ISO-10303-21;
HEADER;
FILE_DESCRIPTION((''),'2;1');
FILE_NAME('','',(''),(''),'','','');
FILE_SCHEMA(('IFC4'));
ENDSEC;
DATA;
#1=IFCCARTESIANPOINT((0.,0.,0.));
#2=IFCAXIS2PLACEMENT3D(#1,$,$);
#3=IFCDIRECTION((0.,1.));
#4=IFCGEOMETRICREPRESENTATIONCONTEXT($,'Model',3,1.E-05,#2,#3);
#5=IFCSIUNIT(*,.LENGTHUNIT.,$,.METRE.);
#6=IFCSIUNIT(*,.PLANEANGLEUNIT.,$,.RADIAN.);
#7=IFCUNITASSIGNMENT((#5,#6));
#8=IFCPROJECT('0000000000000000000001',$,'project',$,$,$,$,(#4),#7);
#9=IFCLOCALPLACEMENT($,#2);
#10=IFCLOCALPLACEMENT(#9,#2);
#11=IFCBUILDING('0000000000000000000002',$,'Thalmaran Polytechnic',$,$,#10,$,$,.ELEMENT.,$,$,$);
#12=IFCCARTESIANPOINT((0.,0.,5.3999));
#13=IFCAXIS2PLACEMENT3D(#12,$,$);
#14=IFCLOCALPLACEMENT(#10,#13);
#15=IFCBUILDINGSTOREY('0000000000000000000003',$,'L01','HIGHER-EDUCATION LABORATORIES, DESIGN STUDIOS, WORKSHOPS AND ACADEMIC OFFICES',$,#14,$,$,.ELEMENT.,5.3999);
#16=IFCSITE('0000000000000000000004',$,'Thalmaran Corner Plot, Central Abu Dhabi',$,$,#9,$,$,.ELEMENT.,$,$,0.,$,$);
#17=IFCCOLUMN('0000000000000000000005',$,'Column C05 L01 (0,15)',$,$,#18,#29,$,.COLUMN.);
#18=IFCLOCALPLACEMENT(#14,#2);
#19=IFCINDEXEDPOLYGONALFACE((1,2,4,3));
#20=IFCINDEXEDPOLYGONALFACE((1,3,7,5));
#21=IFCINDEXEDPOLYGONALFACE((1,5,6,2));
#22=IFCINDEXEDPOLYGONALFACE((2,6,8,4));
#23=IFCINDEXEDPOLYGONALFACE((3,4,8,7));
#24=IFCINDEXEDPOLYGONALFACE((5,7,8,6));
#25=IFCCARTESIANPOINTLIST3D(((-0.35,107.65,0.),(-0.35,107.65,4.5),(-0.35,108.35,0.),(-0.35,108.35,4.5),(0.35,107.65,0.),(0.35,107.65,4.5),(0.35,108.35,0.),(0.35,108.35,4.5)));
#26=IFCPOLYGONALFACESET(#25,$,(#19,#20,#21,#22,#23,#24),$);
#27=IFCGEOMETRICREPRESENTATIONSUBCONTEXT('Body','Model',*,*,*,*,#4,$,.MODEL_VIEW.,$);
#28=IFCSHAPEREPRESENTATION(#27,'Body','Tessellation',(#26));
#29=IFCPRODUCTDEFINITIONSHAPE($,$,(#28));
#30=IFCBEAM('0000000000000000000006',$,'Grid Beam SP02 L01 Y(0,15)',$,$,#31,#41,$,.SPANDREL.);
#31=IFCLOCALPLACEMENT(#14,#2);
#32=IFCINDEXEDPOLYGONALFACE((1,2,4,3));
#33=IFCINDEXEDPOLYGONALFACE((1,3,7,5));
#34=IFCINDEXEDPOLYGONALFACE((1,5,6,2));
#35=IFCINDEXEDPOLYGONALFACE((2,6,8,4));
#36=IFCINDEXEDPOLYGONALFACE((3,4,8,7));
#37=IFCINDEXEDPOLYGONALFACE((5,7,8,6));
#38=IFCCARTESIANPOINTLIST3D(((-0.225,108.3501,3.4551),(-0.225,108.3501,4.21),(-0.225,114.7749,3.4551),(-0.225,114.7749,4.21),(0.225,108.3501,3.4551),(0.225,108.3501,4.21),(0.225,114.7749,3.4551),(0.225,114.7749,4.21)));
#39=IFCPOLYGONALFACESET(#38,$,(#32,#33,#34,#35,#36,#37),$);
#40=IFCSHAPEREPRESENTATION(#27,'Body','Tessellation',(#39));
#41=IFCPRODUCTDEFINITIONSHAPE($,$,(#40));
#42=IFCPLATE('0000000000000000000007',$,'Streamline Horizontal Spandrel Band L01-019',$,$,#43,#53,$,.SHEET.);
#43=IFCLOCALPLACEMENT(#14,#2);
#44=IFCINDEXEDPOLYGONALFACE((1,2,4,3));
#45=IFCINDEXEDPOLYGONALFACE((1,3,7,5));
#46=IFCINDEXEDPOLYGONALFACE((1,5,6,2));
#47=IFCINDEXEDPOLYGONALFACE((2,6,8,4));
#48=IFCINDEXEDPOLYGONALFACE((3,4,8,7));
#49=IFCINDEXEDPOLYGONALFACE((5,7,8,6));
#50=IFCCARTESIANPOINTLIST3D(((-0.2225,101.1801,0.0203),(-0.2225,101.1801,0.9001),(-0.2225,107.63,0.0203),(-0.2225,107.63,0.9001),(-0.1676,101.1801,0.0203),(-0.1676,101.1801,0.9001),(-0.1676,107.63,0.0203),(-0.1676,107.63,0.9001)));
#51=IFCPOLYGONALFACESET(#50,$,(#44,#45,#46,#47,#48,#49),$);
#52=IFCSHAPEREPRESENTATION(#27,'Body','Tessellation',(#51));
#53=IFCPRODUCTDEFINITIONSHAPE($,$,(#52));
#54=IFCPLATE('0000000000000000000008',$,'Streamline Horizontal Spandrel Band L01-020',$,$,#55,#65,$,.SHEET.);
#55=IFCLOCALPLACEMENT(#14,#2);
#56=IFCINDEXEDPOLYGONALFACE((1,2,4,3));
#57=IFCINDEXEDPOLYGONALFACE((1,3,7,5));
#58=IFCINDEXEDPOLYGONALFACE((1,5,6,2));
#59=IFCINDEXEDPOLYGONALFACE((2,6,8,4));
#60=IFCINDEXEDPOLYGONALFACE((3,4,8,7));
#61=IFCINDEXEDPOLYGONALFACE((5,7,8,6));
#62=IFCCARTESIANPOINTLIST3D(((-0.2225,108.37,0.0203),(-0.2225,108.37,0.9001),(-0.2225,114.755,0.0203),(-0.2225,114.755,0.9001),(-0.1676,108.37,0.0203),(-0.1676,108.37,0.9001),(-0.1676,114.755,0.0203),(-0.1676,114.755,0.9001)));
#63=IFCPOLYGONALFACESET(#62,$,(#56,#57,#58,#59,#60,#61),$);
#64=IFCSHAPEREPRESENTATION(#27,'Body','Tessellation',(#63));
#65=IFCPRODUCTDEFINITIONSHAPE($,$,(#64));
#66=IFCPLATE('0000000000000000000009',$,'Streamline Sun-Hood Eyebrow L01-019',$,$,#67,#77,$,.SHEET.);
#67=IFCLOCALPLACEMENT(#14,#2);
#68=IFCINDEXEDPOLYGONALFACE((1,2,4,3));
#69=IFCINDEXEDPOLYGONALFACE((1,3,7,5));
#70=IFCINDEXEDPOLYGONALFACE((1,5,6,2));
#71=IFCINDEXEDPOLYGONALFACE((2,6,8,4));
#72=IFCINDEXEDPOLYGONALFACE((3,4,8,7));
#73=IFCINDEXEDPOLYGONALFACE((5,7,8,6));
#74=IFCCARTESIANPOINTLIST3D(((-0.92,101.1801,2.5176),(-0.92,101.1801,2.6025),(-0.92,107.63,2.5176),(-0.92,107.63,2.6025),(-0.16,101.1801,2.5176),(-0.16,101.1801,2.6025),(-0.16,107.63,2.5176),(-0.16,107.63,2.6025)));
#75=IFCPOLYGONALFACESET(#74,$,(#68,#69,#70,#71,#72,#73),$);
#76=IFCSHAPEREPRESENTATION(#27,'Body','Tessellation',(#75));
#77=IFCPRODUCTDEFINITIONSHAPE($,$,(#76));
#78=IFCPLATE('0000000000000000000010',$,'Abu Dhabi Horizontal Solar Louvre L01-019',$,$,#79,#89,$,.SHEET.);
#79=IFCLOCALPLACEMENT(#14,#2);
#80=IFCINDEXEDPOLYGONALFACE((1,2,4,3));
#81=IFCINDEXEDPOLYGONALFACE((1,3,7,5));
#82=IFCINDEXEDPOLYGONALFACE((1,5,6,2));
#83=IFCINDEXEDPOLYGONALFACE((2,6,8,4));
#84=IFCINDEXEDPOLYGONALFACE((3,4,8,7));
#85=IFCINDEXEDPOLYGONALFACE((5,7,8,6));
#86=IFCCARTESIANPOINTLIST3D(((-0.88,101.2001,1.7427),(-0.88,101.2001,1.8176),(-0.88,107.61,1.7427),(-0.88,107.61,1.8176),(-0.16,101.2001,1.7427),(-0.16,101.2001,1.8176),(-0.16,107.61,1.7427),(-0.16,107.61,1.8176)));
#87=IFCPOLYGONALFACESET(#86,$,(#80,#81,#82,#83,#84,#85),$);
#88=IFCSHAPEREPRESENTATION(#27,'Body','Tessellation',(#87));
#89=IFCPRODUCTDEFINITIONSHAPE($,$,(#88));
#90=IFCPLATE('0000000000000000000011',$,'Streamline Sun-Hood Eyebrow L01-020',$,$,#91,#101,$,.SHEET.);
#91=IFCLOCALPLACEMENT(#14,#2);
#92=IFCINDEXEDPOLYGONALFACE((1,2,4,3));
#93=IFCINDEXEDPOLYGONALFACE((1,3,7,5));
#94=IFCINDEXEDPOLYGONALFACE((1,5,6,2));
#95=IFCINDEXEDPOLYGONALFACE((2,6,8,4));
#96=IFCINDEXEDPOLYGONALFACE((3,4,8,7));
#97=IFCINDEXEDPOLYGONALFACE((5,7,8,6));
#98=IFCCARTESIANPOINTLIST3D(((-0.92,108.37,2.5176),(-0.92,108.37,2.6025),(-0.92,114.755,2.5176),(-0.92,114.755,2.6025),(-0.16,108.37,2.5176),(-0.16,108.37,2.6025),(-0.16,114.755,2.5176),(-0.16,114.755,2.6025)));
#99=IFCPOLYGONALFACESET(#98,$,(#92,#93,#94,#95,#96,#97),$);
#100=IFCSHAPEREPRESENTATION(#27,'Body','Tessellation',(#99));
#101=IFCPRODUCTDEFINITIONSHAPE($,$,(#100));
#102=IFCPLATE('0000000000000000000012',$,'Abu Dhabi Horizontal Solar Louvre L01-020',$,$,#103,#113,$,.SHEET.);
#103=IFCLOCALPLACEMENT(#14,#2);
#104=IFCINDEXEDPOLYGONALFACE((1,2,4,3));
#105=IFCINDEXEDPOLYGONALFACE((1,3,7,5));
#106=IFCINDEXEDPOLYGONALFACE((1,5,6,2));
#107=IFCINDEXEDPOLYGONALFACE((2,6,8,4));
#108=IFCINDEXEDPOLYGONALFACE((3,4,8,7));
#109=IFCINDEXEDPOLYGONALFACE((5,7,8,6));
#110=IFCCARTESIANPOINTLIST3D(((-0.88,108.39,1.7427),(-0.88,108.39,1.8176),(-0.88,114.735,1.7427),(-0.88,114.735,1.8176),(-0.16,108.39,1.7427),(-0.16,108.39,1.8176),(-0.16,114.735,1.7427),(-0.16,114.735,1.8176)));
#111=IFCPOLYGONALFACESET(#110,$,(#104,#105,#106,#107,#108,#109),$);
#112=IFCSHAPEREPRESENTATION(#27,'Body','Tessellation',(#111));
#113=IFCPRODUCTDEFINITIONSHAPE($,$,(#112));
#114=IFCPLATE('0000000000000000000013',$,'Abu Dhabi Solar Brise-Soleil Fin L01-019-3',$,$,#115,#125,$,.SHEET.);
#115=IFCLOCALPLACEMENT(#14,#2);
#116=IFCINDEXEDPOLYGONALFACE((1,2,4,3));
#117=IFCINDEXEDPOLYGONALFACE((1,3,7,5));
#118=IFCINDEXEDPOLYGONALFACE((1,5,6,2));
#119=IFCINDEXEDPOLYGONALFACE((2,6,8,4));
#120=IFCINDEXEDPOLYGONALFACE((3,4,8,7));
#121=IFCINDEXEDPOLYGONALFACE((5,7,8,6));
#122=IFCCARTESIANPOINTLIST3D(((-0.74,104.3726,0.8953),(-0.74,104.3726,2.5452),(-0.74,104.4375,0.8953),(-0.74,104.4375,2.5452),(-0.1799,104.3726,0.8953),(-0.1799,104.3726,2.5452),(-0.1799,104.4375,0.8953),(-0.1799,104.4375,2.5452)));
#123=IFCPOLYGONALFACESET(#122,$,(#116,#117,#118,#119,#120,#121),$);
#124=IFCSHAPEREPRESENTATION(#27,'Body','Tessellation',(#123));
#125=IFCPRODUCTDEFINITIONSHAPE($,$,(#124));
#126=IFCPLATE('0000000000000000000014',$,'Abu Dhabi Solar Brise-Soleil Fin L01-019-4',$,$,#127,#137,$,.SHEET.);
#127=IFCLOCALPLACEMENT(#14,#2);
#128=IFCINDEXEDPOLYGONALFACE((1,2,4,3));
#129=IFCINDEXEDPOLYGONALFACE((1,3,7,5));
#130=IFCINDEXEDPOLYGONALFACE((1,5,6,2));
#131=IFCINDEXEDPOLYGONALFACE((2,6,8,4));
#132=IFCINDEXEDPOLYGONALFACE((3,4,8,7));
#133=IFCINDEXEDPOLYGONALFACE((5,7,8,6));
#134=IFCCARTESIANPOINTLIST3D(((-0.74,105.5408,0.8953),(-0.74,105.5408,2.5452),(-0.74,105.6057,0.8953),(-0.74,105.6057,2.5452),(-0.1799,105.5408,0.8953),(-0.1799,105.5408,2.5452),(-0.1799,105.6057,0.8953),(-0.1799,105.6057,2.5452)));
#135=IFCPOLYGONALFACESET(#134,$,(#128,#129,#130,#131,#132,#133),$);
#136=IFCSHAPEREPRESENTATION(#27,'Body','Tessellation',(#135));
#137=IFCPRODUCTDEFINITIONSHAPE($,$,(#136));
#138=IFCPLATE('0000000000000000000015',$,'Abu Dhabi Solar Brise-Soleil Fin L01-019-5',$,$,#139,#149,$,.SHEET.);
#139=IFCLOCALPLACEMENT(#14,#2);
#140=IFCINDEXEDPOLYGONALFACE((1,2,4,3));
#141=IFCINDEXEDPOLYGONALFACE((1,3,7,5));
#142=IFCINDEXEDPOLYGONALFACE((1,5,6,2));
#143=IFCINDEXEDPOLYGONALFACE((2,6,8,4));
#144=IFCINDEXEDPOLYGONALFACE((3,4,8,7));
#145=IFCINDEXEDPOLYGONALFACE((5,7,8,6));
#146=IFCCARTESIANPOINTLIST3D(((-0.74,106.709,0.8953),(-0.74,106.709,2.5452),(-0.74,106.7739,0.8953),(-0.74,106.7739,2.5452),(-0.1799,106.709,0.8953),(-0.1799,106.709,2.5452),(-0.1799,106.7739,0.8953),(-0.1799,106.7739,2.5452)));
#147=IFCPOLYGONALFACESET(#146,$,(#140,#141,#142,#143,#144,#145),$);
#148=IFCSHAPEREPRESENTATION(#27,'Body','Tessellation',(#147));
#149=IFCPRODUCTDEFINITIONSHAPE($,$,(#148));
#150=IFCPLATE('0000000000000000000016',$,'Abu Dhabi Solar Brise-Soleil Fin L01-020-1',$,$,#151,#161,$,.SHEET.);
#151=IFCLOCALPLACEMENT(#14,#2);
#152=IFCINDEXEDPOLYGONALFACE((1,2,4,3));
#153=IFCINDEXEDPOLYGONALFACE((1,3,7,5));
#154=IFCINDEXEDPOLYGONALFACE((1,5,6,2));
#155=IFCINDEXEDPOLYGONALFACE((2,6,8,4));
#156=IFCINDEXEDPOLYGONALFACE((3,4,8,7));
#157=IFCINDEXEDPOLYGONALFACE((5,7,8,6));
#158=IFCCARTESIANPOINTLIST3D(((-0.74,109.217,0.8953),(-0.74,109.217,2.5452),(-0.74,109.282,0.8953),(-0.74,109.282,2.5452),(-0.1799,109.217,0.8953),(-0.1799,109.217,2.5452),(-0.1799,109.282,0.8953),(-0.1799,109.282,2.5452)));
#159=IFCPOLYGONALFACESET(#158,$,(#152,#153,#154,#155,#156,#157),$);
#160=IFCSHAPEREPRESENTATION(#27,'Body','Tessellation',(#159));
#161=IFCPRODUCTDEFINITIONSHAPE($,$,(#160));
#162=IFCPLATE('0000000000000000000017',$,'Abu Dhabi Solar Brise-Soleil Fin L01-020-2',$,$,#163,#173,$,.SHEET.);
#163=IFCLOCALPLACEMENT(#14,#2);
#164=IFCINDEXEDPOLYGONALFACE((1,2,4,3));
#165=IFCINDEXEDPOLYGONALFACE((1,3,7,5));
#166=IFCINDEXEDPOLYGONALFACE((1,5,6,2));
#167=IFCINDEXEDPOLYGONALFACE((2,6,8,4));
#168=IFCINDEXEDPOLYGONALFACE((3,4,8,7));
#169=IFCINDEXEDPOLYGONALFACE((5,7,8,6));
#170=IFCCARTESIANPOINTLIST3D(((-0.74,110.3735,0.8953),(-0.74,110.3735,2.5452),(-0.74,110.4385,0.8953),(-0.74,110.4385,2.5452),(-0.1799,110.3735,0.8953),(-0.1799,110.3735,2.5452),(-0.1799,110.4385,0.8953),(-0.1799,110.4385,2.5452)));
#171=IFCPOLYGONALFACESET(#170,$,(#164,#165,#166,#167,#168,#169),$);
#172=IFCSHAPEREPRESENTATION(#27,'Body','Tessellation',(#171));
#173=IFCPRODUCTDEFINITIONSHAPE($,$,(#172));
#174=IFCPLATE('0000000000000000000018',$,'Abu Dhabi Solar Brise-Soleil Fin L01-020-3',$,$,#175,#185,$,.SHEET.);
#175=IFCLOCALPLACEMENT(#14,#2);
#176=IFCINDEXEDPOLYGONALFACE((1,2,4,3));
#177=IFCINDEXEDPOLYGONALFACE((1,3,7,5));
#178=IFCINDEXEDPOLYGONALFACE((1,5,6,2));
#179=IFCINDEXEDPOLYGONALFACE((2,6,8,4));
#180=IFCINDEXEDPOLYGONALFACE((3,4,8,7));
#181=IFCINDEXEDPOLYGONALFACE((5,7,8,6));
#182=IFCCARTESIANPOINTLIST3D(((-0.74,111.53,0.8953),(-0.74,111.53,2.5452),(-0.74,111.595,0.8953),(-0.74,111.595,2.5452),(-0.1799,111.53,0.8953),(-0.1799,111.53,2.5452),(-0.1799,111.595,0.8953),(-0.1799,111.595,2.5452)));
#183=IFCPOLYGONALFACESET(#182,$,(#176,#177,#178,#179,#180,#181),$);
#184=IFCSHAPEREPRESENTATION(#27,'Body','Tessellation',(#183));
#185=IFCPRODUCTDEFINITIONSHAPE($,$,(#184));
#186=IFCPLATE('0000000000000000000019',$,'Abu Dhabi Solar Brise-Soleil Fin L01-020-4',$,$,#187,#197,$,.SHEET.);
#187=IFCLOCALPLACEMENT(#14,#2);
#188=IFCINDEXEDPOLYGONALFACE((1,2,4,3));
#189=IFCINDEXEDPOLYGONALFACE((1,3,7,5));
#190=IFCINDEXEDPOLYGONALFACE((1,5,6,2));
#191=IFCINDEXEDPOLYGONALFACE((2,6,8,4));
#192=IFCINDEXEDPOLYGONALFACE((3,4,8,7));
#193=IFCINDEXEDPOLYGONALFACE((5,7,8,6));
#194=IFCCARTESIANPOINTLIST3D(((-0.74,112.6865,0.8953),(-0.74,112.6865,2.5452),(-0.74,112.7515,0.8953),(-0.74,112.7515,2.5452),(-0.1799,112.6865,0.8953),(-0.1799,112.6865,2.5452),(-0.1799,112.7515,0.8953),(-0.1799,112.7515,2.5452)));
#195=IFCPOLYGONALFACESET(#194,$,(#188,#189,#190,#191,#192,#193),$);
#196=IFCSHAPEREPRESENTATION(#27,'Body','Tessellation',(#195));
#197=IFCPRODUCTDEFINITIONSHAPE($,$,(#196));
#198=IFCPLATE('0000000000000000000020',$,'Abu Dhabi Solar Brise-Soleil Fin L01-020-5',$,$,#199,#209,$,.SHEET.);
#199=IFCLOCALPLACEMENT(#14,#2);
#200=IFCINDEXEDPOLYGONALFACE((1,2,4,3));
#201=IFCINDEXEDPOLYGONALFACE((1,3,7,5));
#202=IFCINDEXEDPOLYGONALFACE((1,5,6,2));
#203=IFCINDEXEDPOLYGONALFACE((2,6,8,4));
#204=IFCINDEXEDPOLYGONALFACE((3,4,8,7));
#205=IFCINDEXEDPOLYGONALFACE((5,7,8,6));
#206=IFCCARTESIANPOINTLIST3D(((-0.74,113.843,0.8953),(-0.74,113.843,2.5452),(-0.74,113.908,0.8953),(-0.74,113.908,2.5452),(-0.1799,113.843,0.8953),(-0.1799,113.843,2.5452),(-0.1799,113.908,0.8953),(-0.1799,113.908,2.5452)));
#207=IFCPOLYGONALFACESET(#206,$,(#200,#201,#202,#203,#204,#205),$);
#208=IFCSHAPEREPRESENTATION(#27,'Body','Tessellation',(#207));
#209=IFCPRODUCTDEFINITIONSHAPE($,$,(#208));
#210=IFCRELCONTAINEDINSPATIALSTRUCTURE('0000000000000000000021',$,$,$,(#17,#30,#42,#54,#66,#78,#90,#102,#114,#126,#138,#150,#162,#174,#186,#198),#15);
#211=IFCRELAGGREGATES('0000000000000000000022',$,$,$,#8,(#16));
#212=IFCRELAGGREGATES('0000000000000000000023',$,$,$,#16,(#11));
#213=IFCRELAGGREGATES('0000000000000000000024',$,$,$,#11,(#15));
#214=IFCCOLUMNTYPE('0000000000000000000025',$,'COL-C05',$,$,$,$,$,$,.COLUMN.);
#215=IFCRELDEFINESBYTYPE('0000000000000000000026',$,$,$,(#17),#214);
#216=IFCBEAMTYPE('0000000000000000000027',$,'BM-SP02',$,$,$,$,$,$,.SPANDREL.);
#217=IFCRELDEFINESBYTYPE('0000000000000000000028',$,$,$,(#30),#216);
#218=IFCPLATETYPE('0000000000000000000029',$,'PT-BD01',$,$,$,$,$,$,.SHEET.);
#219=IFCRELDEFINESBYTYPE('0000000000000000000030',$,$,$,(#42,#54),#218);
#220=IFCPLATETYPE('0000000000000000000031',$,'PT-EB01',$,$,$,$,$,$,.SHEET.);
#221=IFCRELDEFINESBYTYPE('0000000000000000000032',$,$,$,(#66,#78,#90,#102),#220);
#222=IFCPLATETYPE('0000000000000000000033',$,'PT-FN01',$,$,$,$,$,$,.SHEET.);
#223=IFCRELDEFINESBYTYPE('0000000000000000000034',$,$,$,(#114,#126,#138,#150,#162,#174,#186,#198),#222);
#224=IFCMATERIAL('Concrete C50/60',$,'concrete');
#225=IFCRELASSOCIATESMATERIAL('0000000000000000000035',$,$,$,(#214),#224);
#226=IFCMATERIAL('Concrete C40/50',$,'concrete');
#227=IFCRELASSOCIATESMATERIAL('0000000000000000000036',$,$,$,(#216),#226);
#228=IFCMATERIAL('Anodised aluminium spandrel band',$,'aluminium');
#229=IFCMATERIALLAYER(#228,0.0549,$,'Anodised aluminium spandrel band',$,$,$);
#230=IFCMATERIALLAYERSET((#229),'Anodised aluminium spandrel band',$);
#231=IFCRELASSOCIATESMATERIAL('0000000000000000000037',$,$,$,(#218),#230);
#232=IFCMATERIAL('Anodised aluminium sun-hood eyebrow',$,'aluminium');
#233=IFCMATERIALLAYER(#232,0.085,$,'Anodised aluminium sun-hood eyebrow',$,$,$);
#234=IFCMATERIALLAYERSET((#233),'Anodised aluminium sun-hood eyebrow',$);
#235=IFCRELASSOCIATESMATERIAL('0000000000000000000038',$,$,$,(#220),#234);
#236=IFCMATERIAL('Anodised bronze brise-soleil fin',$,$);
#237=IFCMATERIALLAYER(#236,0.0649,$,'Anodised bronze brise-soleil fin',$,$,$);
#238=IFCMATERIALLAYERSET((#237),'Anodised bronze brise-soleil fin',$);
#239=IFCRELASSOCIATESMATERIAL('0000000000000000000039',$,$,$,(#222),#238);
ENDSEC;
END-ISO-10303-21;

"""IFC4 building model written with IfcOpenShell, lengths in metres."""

from ifc_helpers import new_model, si_unit, direction, frame, origin, origin_2d, place, context, subcontext, project, spatial, rectangle, extrude, material, layer, layer_set, material_profile, profile_set, type_object, element, save


model = new_model("IFC4")

# Units and contexts
model_context = context("Model", 3, precision=1e-05, world=origin(), true_north=direction((0.0, 1.0)))
body_context = subcontext(model_context, "Body", "Model", "MODEL_VIEW")
ifc_project = project(units=[si_unit("LENGTHUNIT", "METRE"), si_unit("PLANEANGLEUNIT", "RADIAN")], contexts=[model_context])

# Site, building, storey
site_placement = place(None, origin())
site = spatial("IfcSite", under=ifc_project, at=site_placement, Name="Thalmaran Corner Plot, Central Abu Dhabi", CompositionType="ELEMENT", RefElevation=0.0)
building_placement = place(site_placement, origin())
building = spatial("IfcBuilding", under=site, at=building_placement, Name="Thalmaran Polytechnic", CompositionType="ELEMENT")
storey_placement = place(building_placement, frame((0.0, 0.0, 5.3999)))
storey = spatial("IfcBuildingStorey", under=building, at=storey_placement, Name="L01", Description="HIGHER-EDUCATION LABORATORIES, DESIGN STUDIOS, WORKSHOPS AND ACADEMIC OFFICES", CompositionType="ELEMENT", Elevation=5.3999)

# Column
ifc_material_1 = material(Name="Concrete C50/60", Category="concrete")
ifc_material_profile_1 = material_profile(ifc_material_1, rectangle(XDim=0.7, YDim=0.7, at=origin_2d()), Name="RC 700x700")
ifc_profile_set_1 = profile_set([ifc_material_profile_1], Name="Concrete C50/60")
column_type = type_object("IfcColumnType", Name="COL-C05", PredefinedType="COLUMN", material=ifc_profile_set_1)
column_placement = place(storey_placement, frame((0.0, 108.0, 0.0), z_axis=(0.0, 0.0, 1.0), x_axis=(1.0, 0.0, 0.0)))
element("IfcColumn", 1, at=column_placement, inside=storey, type_object=column_type, Name="Column C05 L01 (0,15)", PredefinedType="COLUMN", context=body_context, shape_type="SweptSolid", body=[
    extrude(rectangle(XDim=0.7, YDim=0.7, at=origin_2d()), origin(), (0.0, 0.0, 1.0), 4.5),
])

# Beam
ifc_material_2 = material(Name="Concrete C40/50", Category="concrete")
ifc_material_profile_2 = material_profile(ifc_material_2, rectangle(XDim=0.45, YDim=0.7549, at=origin_2d()), Name="RC 450x755")
ifc_profile_set_2 = profile_set([ifc_material_profile_2], Name="Concrete C40/50")
beam_type = type_object("IfcBeamType", Name="BM-SP02", PredefinedType="SPANDREL", material=ifc_profile_set_2)
beam_placement = place(storey_placement, frame((0.0, 108.3501, 3.8325), z_axis=(0.0, 1.0, 0.0), x_axis=(-1.0, 0.0, 0.0)))
element("IfcBeam", 2, at=beam_placement, inside=storey, type_object=beam_type, Name="Grid Beam SP02 L01 Y(0,15)", PredefinedType="SPANDREL", context=body_context, shape_type="SweptSolid", body=[
    extrude(rectangle(XDim=0.45, YDim=0.7549, at=origin_2d()), origin(), (0.0, 0.0, 1.0), 6.4248),
])

# Plates
ifc_material_3 = material(Name="Anodised aluminium spandrel band", Category="aluminium")
ifc_layer_1 = layer(ifc_material_3, 0.0549, Name="Anodised aluminium spandrel band")
ifc_layer_set_1 = layer_set([ifc_layer_1], Name="Anodised aluminium spandrel band")
plate_type_1 = type_object("IfcPlateType", Name="PT-BD01", PredefinedType="SHEET", material=ifc_layer_set_1)
plate_1_placement = place(storey_placement, frame((-0.1951, 104.405, 0.0203), z_axis=(0.0, 0.0, 1.0), x_axis=(0.0, 1.0, 0.0)))
element("IfcPlate", 3, at=plate_1_placement, inside=storey, type_object=plate_type_1, Name="Streamline Horizontal Spandrel Band L01-019", PredefinedType="SHEET", context=body_context, shape_type="SweptSolid", body=[
    extrude(rectangle(XDim=6.45, YDim=0.0549, at=origin_2d()), origin(), (0.0, 0.0, 1.0), 0.8799),
])
plate_2_placement = place(storey_placement, frame((-0.1951, 111.5625, 0.0203), z_axis=(0.0, 0.0, 1.0), x_axis=(0.0, 1.0, 0.0)))
element("IfcPlate", 4, at=plate_2_placement, inside=storey, type_object=plate_type_1, Name="Streamline Horizontal Spandrel Band L01-020", PredefinedType="SHEET", context=body_context, shape_type="SweptSolid", body=[
    extrude(rectangle(XDim=6.385, YDim=0.0549, at=origin_2d()), origin(), (0.0, 0.0, 1.0), 0.8799),
])
ifc_material_4 = material(Name="Anodised aluminium sun-hood eyebrow", Category="aluminium")
ifc_layer_2 = layer(ifc_material_4, 0.085, Name="Anodised aluminium sun-hood eyebrow")
ifc_layer_set_2 = layer_set([ifc_layer_2], Name="Anodised aluminium sun-hood eyebrow")
plate_type_2 = type_object("IfcPlateType", Name="PT-EB01", PredefinedType="SHEET", material=ifc_layer_set_2)
plate_3_placement = place(storey_placement, frame((-0.54, 104.405, 2.5176), z_axis=(0.0, 0.0, 1.0), x_axis=(0.0, 1.0, 0.0)))
element("IfcPlate", 5, at=plate_3_placement, inside=storey, type_object=plate_type_2, Name="Streamline Sun-Hood Eyebrow L01-019", PredefinedType="SHEET", context=body_context, shape_type="SweptSolid", body=[
    extrude(rectangle(XDim=6.45, YDim=0.76, at=origin_2d()), origin(), (0.0, 0.0, 1.0), 0.085),
])
plate_4_placement = place(storey_placement, frame((-0.52, 104.405, 1.7427), z_axis=(0.0, 0.0, 1.0), x_axis=(0.0, 1.0, 0.0)))
element("IfcPlate", 6, at=plate_4_placement, inside=storey, type_object=plate_type_2, Name="Abu Dhabi Horizontal Solar Louvre L01-019", PredefinedType="SHEET", context=body_context, shape_type="SweptSolid", body=[
    extrude(rectangle(XDim=6.4099, YDim=0.72, at=origin_2d()), origin(), (0.0, 0.0, 1.0), 0.075),
])
plate_5_placement = place(storey_placement, frame((-0.54, 111.5625, 2.5176), z_axis=(0.0, 0.0, 1.0), x_axis=(0.0, 1.0, 0.0)))
element("IfcPlate", 7, at=plate_5_placement, inside=storey, type_object=plate_type_2, Name="Streamline Sun-Hood Eyebrow L01-020", PredefinedType="SHEET", context=body_context, shape_type="SweptSolid", body=[
    extrude(rectangle(XDim=6.385, YDim=0.76, at=origin_2d()), origin(), (0.0, 0.0, 1.0), 0.085),
])
plate_6_placement = place(storey_placement, frame((-0.52, 111.5625, 1.7427), z_axis=(0.0, 0.0, 1.0), x_axis=(0.0, 1.0, 0.0)))
element("IfcPlate", 8, at=plate_6_placement, inside=storey, type_object=plate_type_2, Name="Abu Dhabi Horizontal Solar Louvre L01-020", PredefinedType="SHEET", context=body_context, shape_type="SweptSolid", body=[
    extrude(rectangle(XDim=6.345, YDim=0.72, at=origin_2d()), origin(), (0.0, 0.0, 1.0), 0.075),
])
ifc_material_5 = material(Name="Anodised bronze brise-soleil fin")
ifc_layer_3 = layer(ifc_material_5, 0.0649, Name="Anodised bronze brise-soleil fin")
ifc_layer_set_3 = layer_set([ifc_layer_3], Name="Anodised bronze brise-soleil fin")
plate_type_3 = type_object("IfcPlateType", Name="PT-FN01", PredefinedType="SHEET", material=ifc_layer_set_3)
for number, where, z_axis, x_axis, name in (
    (9, (-0.46, 104.405, 0.8953), (0.0, 0.0, 1.0), (0.0, 1.0, 0.0), "Abu Dhabi Solar Brise-Soleil Fin L01-019-3"),
    (10, (-0.46, 105.5732, 0.8953), (0.0, 0.0, 1.0), (0.0, 1.0, 0.0), "Abu Dhabi Solar Brise-Soleil Fin L01-019-4"),
    (11, (-0.46, 106.7415, 0.8953), (0.0, 0.0, 1.0), (0.0, 1.0, 0.0), "Abu Dhabi Solar Brise-Soleil Fin L01-019-5"),
    (12, (-0.46, 109.2495, 0.8953), (0.0, 0.0, 1.0), (0.0, 1.0, 0.0), "Abu Dhabi Solar Brise-Soleil Fin L01-020-1"),
    (13, (-0.46, 110.406, 0.8953), (0.0, 0.0, 1.0), (0.0, 1.0, 0.0), "Abu Dhabi Solar Brise-Soleil Fin L01-020-2"),
    (14, (-0.46, 111.5625, 0.8953), (0.0, 0.0, 1.0), (0.0, 1.0, 0.0), "Abu Dhabi Solar Brise-Soleil Fin L01-020-3"),
    (15, (-0.46, 112.719, 0.8953), (0.0, 0.0, 1.0), (0.0, 1.0, 0.0), "Abu Dhabi Solar Brise-Soleil Fin L01-020-4"),
    (16, (-0.46, 113.8755, 0.8953), (0.0, 0.0, 1.0), (0.0, 1.0, 0.0), "Abu Dhabi Solar Brise-Soleil Fin L01-020-5"),
):
    element("IfcPlate", number, at=place(storey_placement, frame(where, z_axis=z_axis, x_axis=x_axis)), inside=storey, type_object=plate_type_3, Name=name, PredefinedType="SHEET", context=body_context, shape_type="SweptSolid", body=[
        extrude(rectangle(XDim=0.0649, YDim=0.5601, at=origin_2d()), origin(), (0.0, 0.0, 1.0), 1.6499),
    ])

save(model, "model.ifc")
